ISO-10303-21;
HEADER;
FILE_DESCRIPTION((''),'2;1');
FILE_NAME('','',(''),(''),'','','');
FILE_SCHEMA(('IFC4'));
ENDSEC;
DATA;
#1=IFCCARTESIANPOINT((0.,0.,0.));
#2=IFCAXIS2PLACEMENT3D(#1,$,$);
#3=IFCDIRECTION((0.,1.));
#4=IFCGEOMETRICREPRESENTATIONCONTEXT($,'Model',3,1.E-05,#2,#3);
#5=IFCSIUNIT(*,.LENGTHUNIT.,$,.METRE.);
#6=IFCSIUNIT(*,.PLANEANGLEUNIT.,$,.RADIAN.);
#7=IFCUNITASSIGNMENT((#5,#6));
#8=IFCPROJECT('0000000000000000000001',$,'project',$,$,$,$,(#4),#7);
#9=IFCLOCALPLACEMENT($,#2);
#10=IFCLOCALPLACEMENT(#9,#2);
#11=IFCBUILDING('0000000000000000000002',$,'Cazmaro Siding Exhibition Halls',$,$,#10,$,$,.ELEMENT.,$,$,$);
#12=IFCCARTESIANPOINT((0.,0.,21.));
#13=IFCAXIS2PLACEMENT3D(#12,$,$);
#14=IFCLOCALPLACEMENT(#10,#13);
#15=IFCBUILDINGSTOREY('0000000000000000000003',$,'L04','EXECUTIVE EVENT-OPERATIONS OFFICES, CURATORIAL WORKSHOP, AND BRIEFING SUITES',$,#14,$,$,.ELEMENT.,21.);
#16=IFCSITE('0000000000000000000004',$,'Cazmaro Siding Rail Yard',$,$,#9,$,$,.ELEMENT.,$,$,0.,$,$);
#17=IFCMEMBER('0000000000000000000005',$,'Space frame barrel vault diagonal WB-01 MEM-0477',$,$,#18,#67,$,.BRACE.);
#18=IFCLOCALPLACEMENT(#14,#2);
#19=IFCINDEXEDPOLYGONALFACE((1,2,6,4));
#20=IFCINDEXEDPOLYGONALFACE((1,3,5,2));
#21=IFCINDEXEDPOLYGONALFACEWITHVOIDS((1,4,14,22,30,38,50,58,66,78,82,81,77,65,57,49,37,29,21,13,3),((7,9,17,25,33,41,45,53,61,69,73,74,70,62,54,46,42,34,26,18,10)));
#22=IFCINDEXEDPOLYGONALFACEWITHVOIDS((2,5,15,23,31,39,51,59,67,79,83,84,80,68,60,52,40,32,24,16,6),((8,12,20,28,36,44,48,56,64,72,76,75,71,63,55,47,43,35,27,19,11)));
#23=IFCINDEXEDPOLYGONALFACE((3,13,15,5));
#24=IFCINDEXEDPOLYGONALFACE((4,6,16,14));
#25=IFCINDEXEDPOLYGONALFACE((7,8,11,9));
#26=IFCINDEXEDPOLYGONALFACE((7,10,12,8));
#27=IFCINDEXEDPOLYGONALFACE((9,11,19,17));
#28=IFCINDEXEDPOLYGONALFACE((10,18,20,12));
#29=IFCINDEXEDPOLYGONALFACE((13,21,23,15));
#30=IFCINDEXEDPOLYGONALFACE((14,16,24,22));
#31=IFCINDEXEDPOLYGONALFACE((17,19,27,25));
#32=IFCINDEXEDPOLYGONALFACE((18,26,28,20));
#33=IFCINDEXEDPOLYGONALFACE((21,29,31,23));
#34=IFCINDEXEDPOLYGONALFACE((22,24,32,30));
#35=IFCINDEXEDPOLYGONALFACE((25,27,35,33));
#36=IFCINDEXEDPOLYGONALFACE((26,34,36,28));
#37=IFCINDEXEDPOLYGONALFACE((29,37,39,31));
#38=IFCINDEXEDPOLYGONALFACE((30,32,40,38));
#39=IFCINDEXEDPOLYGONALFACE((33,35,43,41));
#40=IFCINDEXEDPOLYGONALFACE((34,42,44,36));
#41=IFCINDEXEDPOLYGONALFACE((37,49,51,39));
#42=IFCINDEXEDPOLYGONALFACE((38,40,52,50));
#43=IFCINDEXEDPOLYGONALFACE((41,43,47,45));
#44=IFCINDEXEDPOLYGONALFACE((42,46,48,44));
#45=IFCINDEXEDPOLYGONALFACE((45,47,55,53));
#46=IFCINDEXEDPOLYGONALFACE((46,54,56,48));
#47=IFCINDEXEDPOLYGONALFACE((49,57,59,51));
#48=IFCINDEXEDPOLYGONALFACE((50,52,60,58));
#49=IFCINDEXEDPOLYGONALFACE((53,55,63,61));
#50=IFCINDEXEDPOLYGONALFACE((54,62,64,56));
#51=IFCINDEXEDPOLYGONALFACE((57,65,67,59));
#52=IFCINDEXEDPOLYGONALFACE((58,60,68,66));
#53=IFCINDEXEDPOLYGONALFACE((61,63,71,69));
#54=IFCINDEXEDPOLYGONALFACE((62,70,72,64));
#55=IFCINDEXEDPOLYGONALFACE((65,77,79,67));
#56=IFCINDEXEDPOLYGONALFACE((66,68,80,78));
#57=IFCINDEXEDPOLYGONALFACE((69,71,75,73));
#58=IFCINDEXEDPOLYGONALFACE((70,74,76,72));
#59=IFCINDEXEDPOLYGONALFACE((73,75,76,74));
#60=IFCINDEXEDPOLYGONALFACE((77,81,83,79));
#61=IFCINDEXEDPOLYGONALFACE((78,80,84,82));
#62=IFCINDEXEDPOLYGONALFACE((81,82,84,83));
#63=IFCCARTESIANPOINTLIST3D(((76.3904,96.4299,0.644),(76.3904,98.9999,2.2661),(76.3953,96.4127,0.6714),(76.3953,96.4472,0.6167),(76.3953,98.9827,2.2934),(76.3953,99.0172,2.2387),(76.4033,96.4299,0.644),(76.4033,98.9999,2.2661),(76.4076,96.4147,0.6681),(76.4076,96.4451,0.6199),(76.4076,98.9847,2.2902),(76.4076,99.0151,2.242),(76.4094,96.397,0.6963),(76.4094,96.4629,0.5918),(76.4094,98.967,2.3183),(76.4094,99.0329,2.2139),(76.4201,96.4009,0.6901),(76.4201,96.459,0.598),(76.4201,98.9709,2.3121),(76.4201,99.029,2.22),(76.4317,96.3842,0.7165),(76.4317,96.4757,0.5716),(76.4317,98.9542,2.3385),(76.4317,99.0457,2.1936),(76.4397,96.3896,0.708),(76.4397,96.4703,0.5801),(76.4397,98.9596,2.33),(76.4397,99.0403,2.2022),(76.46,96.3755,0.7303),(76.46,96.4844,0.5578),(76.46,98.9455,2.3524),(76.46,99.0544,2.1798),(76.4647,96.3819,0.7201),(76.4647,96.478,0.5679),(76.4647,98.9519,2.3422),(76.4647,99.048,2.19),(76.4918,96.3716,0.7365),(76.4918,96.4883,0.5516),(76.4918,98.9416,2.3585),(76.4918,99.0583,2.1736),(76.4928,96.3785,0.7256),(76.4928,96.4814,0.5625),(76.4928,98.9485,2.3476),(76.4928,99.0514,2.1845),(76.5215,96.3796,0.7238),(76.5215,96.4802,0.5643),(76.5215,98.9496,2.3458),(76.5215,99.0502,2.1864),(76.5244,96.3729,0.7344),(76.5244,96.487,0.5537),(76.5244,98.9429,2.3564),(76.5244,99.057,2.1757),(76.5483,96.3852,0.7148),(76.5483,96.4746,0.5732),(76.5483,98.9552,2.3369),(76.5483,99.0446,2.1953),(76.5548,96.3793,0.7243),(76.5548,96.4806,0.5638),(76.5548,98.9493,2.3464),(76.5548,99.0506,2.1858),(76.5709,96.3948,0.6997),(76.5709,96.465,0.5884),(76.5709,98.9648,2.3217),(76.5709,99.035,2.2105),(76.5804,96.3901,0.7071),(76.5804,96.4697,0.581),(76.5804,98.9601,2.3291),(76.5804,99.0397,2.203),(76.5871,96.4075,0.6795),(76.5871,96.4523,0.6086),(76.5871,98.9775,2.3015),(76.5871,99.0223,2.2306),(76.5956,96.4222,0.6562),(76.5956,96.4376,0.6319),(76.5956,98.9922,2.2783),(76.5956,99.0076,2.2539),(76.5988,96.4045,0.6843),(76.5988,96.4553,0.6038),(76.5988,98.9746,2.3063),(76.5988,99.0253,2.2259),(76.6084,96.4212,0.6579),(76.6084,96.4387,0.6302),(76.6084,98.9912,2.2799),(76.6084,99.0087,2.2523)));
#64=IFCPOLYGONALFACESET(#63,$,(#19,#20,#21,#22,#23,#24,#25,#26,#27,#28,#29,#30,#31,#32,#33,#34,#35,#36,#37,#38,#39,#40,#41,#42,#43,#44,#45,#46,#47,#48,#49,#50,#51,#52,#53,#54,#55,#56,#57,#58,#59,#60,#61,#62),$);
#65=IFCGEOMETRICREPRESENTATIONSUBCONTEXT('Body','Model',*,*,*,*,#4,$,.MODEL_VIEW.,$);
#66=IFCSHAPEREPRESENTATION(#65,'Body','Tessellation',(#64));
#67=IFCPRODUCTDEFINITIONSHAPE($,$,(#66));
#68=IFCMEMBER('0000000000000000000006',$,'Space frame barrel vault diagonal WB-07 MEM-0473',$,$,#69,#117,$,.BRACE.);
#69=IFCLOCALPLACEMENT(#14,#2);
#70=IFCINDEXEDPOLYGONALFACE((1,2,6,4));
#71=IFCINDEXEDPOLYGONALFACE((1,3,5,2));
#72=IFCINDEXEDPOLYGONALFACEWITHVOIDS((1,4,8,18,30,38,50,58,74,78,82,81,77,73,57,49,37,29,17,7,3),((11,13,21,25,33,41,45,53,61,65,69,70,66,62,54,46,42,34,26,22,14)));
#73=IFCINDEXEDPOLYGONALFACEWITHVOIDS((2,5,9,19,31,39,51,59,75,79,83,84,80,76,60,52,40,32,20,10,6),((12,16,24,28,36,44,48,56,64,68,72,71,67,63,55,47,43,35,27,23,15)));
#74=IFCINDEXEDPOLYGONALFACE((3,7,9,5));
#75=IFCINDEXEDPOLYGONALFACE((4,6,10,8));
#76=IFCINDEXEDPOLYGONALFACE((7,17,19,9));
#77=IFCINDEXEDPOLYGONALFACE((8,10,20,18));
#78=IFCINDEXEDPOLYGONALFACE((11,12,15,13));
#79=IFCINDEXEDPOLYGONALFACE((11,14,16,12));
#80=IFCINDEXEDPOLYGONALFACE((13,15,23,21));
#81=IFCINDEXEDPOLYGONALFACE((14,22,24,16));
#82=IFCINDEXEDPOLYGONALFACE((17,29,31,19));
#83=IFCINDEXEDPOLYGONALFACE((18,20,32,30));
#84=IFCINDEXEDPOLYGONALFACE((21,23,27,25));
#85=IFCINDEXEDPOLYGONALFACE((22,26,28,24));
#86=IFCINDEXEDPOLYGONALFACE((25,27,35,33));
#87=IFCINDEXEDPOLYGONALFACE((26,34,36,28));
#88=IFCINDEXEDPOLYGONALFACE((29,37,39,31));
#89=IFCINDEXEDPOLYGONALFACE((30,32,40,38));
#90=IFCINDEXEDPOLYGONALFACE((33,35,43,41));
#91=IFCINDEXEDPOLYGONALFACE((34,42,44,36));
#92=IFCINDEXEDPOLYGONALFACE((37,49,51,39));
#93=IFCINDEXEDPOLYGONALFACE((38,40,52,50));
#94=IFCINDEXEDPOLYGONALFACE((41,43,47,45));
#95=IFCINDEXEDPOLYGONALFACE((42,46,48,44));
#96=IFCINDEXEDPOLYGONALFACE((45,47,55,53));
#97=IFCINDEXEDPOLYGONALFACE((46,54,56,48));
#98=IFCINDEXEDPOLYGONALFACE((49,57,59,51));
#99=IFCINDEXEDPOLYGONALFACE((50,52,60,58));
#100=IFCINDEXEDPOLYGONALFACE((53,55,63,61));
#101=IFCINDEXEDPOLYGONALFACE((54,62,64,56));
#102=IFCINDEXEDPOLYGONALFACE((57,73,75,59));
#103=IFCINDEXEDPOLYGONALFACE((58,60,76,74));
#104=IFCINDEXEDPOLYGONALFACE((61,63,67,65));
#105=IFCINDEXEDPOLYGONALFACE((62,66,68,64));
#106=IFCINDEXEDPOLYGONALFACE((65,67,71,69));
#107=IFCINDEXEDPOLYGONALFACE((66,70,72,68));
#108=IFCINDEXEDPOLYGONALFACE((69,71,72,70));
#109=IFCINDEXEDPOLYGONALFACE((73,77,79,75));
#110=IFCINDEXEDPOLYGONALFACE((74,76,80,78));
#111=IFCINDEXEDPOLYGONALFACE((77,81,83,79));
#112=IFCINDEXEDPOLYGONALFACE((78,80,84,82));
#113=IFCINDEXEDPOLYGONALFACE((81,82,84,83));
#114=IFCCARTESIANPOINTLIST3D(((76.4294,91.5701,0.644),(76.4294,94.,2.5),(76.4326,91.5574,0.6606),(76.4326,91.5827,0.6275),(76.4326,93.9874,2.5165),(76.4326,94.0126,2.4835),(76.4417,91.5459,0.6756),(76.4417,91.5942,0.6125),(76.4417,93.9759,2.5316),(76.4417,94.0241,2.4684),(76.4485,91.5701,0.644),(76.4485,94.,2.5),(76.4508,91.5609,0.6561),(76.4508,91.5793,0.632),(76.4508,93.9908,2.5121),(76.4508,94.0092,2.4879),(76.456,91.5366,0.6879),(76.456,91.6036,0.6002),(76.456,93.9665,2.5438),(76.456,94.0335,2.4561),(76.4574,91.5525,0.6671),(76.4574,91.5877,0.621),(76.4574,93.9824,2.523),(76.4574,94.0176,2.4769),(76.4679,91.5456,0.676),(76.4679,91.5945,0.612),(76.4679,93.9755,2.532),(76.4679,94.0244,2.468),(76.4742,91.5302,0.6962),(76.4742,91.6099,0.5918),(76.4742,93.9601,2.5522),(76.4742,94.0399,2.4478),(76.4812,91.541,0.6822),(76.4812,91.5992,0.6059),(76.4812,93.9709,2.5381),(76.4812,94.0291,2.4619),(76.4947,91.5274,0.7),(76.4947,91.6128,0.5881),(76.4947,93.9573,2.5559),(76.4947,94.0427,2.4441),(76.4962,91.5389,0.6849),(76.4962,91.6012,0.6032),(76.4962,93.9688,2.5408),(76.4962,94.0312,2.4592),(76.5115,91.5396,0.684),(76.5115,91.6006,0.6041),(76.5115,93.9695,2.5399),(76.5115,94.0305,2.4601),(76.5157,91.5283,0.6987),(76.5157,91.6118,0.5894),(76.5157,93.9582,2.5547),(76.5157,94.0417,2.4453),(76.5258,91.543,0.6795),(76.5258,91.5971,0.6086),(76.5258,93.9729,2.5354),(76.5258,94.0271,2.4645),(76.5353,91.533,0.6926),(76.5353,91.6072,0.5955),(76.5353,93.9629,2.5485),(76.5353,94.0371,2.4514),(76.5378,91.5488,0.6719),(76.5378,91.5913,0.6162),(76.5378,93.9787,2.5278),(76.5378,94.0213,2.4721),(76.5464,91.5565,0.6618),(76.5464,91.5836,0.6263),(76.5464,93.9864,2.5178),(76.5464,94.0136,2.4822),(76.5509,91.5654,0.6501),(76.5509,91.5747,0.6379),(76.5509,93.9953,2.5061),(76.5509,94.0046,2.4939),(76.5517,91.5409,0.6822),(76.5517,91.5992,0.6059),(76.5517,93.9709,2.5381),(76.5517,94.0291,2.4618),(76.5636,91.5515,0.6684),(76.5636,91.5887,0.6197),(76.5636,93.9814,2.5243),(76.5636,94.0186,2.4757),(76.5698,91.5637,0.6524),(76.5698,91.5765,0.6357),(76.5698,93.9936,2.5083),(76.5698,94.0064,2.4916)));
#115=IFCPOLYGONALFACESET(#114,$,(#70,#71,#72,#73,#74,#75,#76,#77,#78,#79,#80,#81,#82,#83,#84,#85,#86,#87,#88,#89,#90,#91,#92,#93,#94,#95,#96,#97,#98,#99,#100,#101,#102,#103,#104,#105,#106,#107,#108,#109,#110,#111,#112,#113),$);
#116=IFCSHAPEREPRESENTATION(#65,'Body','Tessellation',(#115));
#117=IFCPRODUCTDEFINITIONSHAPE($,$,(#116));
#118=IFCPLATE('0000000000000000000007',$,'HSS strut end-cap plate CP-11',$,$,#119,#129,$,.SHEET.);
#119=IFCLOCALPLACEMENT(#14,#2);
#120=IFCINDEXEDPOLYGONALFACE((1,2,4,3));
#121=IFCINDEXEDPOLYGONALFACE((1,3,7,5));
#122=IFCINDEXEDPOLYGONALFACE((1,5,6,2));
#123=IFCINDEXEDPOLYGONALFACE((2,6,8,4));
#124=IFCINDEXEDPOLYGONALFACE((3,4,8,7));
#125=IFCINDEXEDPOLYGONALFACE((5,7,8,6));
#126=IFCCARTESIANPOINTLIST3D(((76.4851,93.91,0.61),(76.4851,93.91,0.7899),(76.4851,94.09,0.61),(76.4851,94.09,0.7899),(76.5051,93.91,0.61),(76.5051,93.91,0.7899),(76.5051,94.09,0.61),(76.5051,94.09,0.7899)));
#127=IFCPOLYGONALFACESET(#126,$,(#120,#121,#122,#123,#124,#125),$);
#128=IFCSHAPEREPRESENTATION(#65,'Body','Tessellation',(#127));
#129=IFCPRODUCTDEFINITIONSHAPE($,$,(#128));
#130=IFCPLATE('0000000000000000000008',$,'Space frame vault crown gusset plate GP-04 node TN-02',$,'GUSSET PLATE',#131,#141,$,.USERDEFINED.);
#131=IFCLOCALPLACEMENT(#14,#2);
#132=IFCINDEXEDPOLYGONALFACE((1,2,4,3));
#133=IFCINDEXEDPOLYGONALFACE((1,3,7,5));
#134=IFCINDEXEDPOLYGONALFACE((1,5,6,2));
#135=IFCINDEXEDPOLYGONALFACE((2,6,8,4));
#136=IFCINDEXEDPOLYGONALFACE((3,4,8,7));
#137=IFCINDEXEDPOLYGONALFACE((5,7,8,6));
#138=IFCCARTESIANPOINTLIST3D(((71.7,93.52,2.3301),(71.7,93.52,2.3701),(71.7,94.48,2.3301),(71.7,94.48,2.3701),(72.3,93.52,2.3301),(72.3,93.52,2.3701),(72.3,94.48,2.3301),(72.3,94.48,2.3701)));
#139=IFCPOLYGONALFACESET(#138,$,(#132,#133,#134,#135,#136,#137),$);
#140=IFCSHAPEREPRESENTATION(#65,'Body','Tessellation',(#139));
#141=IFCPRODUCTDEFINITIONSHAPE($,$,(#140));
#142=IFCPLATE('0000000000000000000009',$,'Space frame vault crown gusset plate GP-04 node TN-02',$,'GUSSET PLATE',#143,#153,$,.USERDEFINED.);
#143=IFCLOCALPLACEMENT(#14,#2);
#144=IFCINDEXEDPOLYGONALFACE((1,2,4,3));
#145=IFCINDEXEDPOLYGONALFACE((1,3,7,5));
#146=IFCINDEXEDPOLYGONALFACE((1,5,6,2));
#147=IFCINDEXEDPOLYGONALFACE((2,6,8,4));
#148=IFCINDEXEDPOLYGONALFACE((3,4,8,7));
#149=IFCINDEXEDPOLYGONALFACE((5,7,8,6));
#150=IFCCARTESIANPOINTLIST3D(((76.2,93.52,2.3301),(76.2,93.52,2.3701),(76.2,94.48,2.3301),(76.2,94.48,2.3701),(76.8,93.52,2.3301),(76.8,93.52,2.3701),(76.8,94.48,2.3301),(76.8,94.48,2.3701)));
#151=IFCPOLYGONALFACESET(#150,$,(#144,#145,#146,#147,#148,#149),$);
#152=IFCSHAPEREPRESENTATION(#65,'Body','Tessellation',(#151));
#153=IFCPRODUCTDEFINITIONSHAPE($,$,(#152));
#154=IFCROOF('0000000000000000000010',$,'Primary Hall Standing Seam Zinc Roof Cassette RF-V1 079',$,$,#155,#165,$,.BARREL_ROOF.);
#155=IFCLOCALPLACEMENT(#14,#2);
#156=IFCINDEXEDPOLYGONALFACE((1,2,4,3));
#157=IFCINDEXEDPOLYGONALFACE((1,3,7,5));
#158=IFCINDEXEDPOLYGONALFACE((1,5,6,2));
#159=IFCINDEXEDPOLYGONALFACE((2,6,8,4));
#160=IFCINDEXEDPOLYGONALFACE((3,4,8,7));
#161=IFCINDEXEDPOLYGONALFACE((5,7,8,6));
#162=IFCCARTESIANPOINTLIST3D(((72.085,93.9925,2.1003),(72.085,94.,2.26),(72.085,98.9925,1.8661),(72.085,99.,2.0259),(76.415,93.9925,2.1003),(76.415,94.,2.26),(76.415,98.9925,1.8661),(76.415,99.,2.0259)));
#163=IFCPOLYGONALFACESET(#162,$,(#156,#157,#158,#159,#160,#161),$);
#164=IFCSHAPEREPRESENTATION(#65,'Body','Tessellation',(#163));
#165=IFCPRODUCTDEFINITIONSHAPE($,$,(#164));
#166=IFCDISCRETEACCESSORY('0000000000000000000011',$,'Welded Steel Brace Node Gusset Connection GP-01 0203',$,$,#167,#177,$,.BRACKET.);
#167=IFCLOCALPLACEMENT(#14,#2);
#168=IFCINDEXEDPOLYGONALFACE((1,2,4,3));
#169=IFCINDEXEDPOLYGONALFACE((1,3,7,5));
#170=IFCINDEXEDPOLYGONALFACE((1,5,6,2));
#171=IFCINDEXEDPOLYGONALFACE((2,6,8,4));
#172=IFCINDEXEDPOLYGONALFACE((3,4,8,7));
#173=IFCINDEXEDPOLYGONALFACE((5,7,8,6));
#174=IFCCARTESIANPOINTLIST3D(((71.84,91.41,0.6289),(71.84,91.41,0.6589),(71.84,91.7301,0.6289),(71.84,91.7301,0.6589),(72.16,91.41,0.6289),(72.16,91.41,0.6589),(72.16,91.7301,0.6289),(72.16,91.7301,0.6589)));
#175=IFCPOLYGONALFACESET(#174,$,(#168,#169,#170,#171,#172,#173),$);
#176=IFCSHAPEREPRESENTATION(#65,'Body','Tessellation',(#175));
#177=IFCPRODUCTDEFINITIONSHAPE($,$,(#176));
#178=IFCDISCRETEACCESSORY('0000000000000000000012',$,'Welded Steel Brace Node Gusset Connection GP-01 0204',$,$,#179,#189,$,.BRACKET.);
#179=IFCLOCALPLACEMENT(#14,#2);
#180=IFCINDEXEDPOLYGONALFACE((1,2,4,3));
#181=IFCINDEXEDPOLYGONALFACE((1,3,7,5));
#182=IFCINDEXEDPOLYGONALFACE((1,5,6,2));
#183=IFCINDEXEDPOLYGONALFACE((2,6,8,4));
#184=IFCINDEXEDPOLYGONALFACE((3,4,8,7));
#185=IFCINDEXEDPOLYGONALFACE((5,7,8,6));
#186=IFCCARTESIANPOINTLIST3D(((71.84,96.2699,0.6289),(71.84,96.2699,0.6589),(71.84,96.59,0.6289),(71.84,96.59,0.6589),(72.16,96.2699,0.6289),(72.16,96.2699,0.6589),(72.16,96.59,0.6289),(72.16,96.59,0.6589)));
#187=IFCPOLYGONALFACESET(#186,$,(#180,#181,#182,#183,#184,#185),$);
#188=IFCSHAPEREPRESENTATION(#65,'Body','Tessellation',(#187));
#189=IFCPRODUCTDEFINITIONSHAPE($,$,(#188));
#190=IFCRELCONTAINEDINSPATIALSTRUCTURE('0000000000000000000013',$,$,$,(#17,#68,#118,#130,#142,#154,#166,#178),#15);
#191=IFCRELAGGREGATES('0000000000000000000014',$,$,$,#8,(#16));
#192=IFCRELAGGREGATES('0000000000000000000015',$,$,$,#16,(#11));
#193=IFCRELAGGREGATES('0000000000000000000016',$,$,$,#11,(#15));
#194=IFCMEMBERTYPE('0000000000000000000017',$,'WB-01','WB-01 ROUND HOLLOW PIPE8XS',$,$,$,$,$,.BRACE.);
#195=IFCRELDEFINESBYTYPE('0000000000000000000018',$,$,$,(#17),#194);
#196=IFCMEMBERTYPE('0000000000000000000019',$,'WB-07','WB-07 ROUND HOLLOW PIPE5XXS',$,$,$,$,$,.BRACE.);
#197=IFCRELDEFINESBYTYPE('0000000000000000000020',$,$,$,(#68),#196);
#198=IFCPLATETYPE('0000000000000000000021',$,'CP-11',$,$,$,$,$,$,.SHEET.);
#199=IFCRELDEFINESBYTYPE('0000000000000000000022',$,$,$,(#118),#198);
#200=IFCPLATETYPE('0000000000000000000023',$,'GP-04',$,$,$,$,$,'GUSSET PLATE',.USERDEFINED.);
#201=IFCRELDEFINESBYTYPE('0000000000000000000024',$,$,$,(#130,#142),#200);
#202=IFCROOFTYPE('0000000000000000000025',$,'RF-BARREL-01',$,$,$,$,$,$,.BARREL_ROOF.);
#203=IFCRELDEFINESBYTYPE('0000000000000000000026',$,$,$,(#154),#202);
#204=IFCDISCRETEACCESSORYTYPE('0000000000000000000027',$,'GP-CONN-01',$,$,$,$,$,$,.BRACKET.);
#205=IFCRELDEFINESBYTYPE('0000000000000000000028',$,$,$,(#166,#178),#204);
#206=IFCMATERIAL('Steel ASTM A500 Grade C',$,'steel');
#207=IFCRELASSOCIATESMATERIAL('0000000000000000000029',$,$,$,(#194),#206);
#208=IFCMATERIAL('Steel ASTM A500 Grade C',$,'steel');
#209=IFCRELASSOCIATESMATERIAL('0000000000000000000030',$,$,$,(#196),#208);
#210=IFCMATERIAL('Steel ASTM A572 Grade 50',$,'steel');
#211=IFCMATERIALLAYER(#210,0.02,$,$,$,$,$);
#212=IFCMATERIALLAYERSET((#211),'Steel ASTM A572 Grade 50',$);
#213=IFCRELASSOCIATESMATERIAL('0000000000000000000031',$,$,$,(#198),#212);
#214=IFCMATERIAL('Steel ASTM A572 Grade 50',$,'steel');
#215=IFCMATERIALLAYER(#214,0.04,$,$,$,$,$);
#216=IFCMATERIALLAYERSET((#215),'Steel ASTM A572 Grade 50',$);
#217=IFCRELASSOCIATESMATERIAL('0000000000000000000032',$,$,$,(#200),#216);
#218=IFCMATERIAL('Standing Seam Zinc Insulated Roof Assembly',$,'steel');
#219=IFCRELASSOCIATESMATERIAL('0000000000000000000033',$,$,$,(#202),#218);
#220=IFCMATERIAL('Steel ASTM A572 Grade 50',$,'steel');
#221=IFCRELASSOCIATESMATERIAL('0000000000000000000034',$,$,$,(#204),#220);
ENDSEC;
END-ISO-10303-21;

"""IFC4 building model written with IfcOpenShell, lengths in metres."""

from ifc_helpers import new_model, si_unit, direction, frame, origin, origin_2d, place, context, subcontext, project, spatial, polyline, rectangle, hollow_circle, outline, extrude, material, layer, layer_set, material_profile, profile_set, type_object, element, save


model = new_model("IFC4")

# Units and contexts
model_context = context("Model", 3, precision=1e-05, world=origin(), true_north=direction((0.0, 1.0)))
body_context = subcontext(model_context, "Body", "Model", "MODEL_VIEW")
ifc_project = project(units=[si_unit("LENGTHUNIT", "METRE"), si_unit("PLANEANGLEUNIT", "RADIAN")], contexts=[model_context])

# Site, building, storey
site_placement = place(None, origin())
site = spatial("IfcSite", under=ifc_project, at=site_placement, Name="Cazmaro Siding Rail Yard", CompositionType="ELEMENT", RefElevation=0.0)
building_placement = place(site_placement, origin())
building = spatial("IfcBuilding", under=site, at=building_placement, Name="Cazmaro Siding Exhibition Halls", CompositionType="ELEMENT")
storey_placement = place(building_placement, frame((0.0, 0.0, 21.0)))
storey = spatial("IfcBuildingStorey", under=building, at=storey_placement, Name="L04", Description="EXECUTIVE EVENT-OPERATIONS OFFICES, CURATORIAL WORKSHOP, AND BRIEFING SUITES", CompositionType="ELEMENT", Elevation=21.0)

# Members
ifc_material_1 = material(Name="Steel ASTM A500 Grade C", Category="steel")
ifc_material_profile_1 = material_profile(ifc_material_1, hollow_circle(Radius=0.1096, WallThickness=0.0129, at=origin_2d()), Name="PIPE8XS")
ifc_profile_set_1 = profile_set([ifc_material_profile_1], Name="Steel ASTM A500 Grade C")
member_type_1 = type_object("IfcMemberType", Name="WB-01", Description="WB-01 ROUND HOLLOW PIPE8XS", PredefinedType="BRACE", material=ifc_profile_set_1)
member_1_placement = place(storey_placement, frame((76.5, 96.4299, 0.644), z_axis=(0.0, 0.845657, 0.533727), x_axis=(-1.0, 0.0, 0.0)))
element("IfcMember", 1, at=member_1_placement, inside=storey, type_object=member_type_1, Name="Space frame barrel vault diagonal WB-01 MEM-0477", PredefinedType="BRACE", context=body_context, shape_type="SweptSolid", body=[
    extrude(hollow_circle(Radius=0.1096, WallThickness=0.0129, at=origin_2d()), origin(), (0.0, 0.0, 1.0), 3.0391),
])
ifc_material_2 = material(Name="Steel ASTM A500 Grade C", Category="steel")
ifc_material_profile_2 = material_profile(ifc_material_2, hollow_circle(Radius=0.0706, WallThickness=0.019, at=origin_2d()), Name="PIPE5XXS")
ifc_profile_set_2 = profile_set([ifc_material_profile_2], Name="Steel ASTM A500 Grade C")
member_type_2 = type_object("IfcMemberType", Name="WB-07", Description="WB-07 ROUND HOLLOW PIPE5XXS", PredefinedType="BRACE", material=ifc_profile_set_2)
member_2_placement = place(storey_placement, frame((76.5, 91.5701, 0.644), z_axis=(0.0, 0.794709, 0.606991), x_axis=(-1.0, 0.0, 0.0)))
element("IfcMember", 2, at=member_2_placement, inside=storey, type_object=member_type_2, Name="Space frame barrel vault diagonal WB-07 MEM-0473", PredefinedType="BRACE", context=body_context, shape_type="SweptSolid", body=[
    extrude(hollow_circle(Radius=0.0706, WallThickness=0.019, at=origin_2d()), origin(), (0.0, 0.0, 1.0), 3.0576),
])

# Plates
ifc_material_3 = material(Name="Steel ASTM A572 Grade 50", Category="steel")
ifc_layer_1 = layer(ifc_material_3, 0.02)
ifc_layer_set_1 = layer_set([ifc_layer_1], Name="Steel ASTM A572 Grade 50")
plate_type_1 = type_object("IfcPlateType", Name="CP-11", PredefinedType="SHEET", material=ifc_layer_set_1)
plate_placement = place(storey_placement, frame((76.4851, 94.0, 0.7), z_axis=(1.0, 0.0, 0.0), x_axis=(0.0, 1.0, 0.0)))
element("IfcPlate", 3, at=plate_placement, inside=storey, type_object=plate_type_1, Name="HSS strut end-cap plate CP-11", PredefinedType="SHEET", context=body_context, shape_type="SweptSolid", body=[
    extrude(rectangle(XDim=0.1799, YDim=0.1799, at=origin_2d()), origin(), (0.0, 0.0, 1.0), 0.02),
])
ifc_material_4 = material(Name="Steel ASTM A572 Grade 50", Category="steel")
ifc_layer_2 = layer(ifc_material_4, 0.04)
ifc_layer_set_2 = layer_set([ifc_layer_2], Name="Steel ASTM A572 Grade 50")
plate_type_2 = type_object("IfcPlateType", Name="GP-04", ElementType="GUSSET PLATE", PredefinedType="USERDEFINED", material=ifc_layer_set_2)
for number, where, z_axis, x_axis, name in (
    (4, (72.0, 94.0, 2.3301), (0.0, 0.0, 1.0), (0.0, 1.0, 0.0), "Space frame vault crown gusset plate GP-04 node TN-02"),
    (5, (76.5, 94.0, 2.3301), (0.0, 0.0, 1.0), (0.0, 1.0, 0.0), "Space frame vault crown gusset plate GP-04 node TN-02"),
):
    element("IfcPlate", number, at=place(storey_placement, frame(where, z_axis=z_axis, x_axis=x_axis)), inside=storey, type_object=plate_type_2, Name=name, ObjectType="GUSSET PLATE", PredefinedType="USERDEFINED", context=body_context, shape_type="SweptSolid", body=[
        extrude(rectangle(XDim=0.96, YDim=0.6001, at=origin_2d()), origin(), (0.0, 0.0, 1.0), 0.04),
    ])

# Roof
ifc_material_5 = material(Name="Standing Seam Zinc Insulated Roof Assembly", Category="steel")
roof_type = type_object("IfcRoofType", Name="RF-BARREL-01", PredefinedType="BARREL_ROOF", material=ifc_material_5)
roof_placement = place(storey_placement, frame((72.085, 94.0, 2.26), z_axis=(0.0, 0.046775, 0.998905), x_axis=(1.0, 0.0, 0.0)))
element("IfcRoof", 6, at=roof_placement, inside=storey, type_object=roof_type, Name="Primary Hall Standing Seam Zinc Roof Cassette RF-V1 079", PredefinedType="BARREL_ROOF", context=body_context, shape_type="SweptSolid", body=[
    extrude(outline(polyline([(0.0, 0.0), (4.3301, 0.0), (4.3301, 5.0055), (0.0, 5.0055), (0.0, 0.0)])), origin(), (0.0, 0.0, -1.0), 0.1599),
])

# Discrete accessories
ifc_material_6 = material(Name="Steel ASTM A572 Grade 50", Category="steel")
discrete_accessory_type = type_object("IfcDiscreteAccessoryType", Name="GP-CONN-01", PredefinedType="BRACKET", material=ifc_material_6)
for number, where, z_axis, x_axis, name in (
    (7, (72.0, 91.5701, 0.6289), (0.0, 0.0, 1.0), (1.0, 0.0, 0.0), "Welded Steel Brace Node Gusset Connection GP-01 0203"),
    (8, (72.0, 96.4299, 0.6289), (0.0, 0.0, 1.0), (1.0, 0.0, 0.0), "Welded Steel Brace Node Gusset Connection GP-01 0204"),
):
    element("IfcDiscreteAccessory", number, at=place(storey_placement, frame(where, z_axis=z_axis, x_axis=x_axis)), inside=storey, type_object=discrete_accessory_type, Name=name, PredefinedType="BRACKET", context=body_context, shape_type="SweptSolid", body=[
        extrude(rectangle(XDim=0.3201, YDim=0.3201, at=origin_2d()), origin(), (0.0, 0.0, 1.0), 0.03),
    ])

save(model, "model.ifc")
